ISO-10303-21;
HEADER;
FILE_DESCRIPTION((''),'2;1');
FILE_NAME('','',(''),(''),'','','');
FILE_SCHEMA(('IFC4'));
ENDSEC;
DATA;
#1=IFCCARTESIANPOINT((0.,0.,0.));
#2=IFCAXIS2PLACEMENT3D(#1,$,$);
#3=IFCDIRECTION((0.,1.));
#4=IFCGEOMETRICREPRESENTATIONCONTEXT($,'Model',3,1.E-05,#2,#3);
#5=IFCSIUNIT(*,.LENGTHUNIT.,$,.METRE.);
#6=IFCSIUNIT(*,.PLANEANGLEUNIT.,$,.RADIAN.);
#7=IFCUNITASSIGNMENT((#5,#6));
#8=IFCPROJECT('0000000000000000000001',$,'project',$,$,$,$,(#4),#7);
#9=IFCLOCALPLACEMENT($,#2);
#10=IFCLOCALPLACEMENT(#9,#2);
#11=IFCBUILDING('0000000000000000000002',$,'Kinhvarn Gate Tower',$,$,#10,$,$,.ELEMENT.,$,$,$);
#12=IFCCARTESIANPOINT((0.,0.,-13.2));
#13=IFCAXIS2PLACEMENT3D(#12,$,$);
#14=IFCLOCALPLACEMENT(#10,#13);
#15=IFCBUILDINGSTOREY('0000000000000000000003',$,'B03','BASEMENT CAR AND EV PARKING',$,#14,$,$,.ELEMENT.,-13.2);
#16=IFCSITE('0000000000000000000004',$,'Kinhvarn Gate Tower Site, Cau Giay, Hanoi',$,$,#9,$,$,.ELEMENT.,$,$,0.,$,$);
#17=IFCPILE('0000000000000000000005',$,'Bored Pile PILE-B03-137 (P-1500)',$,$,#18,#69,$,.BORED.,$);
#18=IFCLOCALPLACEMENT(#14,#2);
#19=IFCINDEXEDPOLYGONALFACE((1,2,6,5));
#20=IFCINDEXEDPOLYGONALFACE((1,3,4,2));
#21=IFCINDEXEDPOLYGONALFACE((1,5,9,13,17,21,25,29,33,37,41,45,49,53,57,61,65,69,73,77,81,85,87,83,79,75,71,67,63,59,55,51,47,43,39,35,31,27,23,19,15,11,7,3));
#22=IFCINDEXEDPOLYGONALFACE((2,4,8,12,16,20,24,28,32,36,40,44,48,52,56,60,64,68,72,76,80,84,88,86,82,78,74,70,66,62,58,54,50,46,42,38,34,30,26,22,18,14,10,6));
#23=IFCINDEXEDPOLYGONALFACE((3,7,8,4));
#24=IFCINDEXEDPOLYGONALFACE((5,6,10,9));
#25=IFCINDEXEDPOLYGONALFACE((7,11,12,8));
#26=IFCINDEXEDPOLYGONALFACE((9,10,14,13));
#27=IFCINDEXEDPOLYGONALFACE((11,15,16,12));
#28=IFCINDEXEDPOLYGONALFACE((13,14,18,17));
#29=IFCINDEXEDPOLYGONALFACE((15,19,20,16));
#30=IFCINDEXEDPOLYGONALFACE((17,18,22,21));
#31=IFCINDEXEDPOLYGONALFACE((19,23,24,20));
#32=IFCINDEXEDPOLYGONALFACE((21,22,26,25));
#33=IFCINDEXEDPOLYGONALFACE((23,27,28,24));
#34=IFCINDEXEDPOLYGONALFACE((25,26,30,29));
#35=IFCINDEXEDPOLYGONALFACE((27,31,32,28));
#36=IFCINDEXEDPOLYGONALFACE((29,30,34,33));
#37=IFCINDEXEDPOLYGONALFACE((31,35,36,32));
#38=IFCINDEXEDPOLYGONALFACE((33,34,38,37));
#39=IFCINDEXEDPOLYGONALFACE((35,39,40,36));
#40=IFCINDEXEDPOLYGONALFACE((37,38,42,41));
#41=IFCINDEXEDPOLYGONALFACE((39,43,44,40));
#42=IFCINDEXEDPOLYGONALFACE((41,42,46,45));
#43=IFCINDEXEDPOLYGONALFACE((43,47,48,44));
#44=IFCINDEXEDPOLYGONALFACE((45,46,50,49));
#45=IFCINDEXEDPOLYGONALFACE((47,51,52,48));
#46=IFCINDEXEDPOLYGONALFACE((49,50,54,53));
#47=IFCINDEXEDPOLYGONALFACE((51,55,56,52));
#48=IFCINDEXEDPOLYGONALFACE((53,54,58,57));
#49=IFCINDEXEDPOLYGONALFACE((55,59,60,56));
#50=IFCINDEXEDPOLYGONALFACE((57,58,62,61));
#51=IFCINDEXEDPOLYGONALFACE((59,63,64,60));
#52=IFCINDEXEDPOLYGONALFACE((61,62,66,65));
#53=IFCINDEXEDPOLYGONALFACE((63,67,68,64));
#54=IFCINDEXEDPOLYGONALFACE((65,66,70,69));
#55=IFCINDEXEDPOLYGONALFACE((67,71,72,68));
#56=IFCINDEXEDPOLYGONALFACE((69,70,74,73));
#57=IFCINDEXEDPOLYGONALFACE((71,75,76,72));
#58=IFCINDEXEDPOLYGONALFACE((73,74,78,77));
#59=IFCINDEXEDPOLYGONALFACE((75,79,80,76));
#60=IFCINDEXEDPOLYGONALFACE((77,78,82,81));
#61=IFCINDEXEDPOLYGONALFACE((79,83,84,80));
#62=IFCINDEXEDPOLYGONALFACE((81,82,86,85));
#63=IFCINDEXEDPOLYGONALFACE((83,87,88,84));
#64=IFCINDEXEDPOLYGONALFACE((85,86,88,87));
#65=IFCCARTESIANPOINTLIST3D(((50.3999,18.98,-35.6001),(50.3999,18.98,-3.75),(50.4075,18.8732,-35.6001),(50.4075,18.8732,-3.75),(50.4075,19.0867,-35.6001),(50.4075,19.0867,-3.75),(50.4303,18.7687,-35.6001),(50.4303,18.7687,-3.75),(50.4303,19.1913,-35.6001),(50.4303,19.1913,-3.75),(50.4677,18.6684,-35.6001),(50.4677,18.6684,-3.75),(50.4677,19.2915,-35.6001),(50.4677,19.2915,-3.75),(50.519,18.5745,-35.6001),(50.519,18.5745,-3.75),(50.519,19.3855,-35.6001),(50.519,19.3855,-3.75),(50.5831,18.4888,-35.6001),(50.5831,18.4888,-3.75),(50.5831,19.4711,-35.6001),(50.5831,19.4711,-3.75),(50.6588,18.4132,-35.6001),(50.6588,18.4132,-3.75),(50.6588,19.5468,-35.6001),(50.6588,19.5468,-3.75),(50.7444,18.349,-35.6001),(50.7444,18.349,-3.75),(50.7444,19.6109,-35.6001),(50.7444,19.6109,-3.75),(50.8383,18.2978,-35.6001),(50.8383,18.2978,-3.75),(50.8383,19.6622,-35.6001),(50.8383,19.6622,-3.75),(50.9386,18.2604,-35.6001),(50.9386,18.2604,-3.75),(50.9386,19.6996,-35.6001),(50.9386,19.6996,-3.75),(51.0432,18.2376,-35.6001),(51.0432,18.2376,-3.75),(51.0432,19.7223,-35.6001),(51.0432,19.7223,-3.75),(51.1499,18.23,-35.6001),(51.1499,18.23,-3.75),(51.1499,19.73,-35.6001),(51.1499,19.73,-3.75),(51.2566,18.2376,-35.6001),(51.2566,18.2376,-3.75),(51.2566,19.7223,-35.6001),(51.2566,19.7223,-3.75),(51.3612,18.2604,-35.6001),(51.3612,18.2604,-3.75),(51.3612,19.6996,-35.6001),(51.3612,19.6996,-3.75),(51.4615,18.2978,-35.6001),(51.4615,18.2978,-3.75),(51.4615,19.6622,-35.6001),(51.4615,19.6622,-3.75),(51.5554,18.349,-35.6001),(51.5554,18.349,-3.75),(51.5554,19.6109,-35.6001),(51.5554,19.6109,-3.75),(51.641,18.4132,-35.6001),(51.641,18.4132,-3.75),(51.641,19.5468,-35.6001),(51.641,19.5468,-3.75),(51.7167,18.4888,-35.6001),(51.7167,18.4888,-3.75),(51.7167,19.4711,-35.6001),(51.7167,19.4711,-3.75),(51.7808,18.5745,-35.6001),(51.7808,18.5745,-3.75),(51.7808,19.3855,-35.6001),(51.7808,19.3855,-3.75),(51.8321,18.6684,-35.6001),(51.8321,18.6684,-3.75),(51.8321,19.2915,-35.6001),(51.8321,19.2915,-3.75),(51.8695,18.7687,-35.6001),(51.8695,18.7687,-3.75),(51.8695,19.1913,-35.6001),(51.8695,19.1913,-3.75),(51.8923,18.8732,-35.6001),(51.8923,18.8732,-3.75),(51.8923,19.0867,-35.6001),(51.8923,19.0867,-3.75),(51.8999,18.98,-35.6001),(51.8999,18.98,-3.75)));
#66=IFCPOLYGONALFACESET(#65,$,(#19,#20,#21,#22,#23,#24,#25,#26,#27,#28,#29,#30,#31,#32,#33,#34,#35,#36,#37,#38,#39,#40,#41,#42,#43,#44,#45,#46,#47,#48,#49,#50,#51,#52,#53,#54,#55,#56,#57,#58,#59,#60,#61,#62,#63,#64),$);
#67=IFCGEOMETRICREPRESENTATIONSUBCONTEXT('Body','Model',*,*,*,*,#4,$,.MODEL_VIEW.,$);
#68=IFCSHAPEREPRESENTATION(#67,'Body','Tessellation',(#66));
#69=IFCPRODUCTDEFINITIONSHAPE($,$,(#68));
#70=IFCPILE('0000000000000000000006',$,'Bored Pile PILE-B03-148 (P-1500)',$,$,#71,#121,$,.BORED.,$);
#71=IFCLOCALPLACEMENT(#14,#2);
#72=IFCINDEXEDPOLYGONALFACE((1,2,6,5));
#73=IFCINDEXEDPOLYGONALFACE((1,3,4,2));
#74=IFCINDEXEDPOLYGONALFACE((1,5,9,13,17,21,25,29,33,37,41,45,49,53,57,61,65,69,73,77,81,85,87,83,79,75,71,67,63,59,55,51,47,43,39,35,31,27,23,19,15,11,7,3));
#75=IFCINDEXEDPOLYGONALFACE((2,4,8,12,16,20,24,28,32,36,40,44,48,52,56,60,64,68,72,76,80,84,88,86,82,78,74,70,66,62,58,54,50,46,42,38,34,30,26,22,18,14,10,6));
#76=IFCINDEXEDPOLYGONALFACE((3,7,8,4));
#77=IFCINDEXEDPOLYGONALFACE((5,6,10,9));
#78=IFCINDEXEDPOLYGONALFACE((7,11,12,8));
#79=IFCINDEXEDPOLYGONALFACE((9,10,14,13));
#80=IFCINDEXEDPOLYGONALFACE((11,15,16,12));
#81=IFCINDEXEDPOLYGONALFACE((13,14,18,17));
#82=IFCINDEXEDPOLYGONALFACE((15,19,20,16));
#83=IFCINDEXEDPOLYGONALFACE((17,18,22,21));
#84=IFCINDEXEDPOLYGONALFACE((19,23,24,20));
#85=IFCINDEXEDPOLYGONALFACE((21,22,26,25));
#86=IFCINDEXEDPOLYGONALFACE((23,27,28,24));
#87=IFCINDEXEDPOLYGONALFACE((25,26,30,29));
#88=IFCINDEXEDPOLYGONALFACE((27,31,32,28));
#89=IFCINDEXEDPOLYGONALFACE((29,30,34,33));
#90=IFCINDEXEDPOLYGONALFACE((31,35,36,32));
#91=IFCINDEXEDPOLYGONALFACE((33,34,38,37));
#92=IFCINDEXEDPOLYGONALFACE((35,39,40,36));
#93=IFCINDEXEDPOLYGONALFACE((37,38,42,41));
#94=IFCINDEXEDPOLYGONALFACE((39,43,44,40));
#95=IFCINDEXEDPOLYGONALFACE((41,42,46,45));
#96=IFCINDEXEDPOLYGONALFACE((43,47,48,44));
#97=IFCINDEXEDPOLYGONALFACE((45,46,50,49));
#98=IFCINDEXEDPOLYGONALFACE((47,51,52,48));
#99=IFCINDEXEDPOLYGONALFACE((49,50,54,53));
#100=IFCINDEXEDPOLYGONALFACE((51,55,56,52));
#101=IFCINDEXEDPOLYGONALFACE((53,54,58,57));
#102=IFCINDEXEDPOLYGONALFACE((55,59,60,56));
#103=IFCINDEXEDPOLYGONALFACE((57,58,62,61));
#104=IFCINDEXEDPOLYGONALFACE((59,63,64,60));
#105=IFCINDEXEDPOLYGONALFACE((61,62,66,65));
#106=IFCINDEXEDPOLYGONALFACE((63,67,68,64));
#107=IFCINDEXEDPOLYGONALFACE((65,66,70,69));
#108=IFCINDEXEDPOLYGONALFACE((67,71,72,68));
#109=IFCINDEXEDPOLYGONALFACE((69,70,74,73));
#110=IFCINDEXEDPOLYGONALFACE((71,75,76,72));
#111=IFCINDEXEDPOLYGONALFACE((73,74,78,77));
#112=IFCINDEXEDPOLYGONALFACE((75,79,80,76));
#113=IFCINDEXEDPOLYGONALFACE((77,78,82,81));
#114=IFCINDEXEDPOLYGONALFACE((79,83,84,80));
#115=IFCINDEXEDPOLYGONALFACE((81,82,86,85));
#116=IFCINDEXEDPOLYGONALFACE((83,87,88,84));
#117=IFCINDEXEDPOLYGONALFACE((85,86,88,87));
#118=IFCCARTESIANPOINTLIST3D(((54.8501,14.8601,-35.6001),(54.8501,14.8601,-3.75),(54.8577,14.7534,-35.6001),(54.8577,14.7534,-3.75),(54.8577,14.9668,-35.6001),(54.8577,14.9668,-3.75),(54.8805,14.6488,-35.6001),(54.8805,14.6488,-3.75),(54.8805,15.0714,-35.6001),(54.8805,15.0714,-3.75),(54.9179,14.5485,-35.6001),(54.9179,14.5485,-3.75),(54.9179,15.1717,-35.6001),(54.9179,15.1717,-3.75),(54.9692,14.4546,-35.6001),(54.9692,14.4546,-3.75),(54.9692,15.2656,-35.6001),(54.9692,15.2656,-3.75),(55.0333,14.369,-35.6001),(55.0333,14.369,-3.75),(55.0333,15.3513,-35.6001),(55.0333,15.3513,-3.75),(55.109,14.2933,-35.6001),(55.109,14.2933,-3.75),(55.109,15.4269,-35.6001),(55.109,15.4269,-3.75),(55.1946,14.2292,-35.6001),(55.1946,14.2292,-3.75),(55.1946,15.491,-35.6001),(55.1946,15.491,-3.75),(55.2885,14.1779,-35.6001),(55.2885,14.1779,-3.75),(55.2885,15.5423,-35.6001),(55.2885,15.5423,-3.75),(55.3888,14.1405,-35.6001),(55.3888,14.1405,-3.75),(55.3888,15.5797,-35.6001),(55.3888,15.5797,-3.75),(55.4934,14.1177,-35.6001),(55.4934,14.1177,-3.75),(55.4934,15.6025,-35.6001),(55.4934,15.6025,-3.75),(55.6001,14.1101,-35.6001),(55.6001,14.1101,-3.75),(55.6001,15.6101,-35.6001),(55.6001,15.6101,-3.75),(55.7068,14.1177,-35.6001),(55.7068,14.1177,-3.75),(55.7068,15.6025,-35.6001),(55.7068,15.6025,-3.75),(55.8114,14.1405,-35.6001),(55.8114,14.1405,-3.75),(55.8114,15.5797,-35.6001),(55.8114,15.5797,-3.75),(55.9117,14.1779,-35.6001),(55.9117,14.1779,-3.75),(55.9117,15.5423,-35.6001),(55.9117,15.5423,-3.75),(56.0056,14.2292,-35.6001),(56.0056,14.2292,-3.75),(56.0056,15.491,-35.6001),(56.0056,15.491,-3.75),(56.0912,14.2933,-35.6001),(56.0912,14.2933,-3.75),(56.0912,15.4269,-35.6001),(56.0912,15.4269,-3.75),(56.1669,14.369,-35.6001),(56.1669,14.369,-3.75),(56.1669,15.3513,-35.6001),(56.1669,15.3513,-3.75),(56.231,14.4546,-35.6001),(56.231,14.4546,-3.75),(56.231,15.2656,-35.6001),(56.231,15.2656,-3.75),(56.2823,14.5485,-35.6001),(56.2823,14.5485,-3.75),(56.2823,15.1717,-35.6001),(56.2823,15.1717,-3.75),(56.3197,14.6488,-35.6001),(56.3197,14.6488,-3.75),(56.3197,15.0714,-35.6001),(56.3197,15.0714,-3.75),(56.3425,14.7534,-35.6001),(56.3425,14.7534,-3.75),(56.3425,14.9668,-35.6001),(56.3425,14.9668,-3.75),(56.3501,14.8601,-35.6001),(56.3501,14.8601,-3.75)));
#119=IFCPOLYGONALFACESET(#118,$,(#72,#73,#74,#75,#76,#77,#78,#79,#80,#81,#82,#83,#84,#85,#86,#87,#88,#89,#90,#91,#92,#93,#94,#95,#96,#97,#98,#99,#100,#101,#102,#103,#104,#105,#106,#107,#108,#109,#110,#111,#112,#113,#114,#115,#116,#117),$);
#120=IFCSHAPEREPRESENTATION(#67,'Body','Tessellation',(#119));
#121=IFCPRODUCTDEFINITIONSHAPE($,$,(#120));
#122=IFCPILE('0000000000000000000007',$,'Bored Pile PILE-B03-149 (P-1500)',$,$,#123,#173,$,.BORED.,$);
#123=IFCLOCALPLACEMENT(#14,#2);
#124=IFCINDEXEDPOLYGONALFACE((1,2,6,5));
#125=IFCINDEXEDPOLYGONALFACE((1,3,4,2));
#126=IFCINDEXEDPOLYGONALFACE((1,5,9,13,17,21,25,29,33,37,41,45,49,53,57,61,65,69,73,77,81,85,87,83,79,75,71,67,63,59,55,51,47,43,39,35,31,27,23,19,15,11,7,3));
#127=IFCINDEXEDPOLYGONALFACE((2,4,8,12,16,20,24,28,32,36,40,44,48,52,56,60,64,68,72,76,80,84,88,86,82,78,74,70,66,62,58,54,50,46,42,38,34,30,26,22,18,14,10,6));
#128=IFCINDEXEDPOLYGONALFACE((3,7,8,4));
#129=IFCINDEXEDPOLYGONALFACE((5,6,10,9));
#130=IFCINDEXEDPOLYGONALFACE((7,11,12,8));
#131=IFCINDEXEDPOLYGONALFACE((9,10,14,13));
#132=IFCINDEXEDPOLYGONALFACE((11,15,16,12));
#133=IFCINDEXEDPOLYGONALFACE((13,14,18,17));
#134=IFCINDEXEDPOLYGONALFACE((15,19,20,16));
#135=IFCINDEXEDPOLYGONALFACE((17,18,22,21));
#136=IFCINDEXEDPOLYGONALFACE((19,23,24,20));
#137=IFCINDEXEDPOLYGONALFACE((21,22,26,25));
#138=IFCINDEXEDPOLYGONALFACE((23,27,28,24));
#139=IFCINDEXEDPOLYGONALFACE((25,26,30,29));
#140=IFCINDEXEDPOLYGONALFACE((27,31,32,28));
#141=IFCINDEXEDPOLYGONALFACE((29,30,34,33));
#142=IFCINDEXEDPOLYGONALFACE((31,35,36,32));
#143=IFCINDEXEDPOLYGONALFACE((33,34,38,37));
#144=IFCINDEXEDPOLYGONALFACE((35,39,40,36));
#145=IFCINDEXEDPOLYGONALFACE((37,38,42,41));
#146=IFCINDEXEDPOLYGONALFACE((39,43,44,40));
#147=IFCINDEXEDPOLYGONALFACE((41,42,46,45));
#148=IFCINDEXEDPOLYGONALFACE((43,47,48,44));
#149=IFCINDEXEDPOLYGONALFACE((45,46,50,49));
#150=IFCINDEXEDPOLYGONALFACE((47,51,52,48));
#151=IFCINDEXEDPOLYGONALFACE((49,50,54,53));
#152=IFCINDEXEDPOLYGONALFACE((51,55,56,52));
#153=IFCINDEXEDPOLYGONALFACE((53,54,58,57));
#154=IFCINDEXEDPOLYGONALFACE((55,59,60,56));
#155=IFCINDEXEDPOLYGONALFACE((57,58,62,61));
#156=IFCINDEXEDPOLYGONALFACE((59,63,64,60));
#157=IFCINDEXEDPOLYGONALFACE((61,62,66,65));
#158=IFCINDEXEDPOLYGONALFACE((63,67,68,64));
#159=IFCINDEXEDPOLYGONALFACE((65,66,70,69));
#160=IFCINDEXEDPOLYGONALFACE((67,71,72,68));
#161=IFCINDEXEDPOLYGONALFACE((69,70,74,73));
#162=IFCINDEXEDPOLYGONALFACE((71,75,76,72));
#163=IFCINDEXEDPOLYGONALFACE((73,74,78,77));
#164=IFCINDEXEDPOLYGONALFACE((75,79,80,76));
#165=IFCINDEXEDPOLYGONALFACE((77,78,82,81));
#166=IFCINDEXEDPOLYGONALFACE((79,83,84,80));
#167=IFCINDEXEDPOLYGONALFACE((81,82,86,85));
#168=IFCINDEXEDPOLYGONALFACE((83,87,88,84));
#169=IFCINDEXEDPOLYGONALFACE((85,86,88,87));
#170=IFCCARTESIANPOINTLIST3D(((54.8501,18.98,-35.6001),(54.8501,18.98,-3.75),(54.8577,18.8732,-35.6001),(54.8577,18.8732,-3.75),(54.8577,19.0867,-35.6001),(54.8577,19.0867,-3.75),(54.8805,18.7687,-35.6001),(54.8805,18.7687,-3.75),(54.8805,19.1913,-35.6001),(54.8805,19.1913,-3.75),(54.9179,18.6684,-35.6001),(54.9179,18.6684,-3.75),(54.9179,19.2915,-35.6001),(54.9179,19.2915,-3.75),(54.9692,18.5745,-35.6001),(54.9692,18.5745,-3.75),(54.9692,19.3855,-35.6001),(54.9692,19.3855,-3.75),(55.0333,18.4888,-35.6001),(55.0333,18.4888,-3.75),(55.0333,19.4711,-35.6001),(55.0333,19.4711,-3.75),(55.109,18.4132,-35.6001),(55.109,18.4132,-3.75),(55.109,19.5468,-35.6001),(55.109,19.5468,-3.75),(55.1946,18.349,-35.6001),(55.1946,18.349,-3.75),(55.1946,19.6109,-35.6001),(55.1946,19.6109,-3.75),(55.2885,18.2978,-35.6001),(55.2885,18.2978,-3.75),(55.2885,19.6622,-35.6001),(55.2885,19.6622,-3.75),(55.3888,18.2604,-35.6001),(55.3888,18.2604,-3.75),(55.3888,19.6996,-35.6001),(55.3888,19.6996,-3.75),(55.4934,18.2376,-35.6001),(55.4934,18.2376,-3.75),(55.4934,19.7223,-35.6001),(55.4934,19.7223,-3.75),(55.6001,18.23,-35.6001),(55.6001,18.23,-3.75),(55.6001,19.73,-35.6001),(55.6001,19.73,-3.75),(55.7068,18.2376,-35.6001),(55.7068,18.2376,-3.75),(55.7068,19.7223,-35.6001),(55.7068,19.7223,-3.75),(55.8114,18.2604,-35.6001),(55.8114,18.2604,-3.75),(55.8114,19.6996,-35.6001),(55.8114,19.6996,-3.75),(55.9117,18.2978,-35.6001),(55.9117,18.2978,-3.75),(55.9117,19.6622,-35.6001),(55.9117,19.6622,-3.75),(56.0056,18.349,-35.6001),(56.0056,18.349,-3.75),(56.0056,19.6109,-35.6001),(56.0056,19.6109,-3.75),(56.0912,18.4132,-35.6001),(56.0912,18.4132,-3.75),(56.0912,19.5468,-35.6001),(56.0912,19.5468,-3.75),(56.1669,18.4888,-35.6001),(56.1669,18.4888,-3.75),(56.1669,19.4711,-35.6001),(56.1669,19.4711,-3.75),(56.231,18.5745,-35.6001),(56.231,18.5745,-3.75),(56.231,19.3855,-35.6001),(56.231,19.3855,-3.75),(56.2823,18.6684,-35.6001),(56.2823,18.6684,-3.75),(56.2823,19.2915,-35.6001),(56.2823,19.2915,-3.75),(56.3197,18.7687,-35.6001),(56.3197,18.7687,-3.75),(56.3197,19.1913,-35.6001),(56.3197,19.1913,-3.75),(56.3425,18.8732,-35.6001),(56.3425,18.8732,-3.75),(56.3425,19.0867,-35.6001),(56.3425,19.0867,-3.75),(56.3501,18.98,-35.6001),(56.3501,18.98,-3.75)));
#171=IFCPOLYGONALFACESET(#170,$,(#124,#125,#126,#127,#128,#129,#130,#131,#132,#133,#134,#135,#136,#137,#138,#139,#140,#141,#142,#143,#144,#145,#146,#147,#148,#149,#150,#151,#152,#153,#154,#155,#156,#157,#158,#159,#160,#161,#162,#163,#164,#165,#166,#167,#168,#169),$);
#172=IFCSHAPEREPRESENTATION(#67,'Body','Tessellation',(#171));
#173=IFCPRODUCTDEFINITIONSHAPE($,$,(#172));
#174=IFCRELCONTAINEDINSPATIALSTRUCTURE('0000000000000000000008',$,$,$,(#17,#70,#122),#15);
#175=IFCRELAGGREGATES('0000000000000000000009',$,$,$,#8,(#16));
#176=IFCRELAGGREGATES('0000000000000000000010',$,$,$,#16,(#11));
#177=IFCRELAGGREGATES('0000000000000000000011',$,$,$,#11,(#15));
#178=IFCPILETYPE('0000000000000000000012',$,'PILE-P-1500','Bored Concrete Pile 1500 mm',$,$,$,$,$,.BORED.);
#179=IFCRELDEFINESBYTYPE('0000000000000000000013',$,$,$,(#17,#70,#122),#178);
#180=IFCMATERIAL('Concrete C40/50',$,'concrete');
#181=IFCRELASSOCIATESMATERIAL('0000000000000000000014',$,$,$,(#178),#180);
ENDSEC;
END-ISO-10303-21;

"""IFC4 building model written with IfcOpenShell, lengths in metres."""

from ifc_helpers import new_model, si_unit, direction, frame, origin, origin_2d, place, context, subcontext, project, spatial, circle, extrude, material, material_profile, profile_set, type_object, element, save


model = new_model("IFC4")

# Units and contexts
model_context = context("Model", 3, precision=1e-05, world=origin(), true_north=direction((0.0, 1.0)))
body_context = subcontext(model_context, "Body", "Model", "MODEL_VIEW")
ifc_project = project(units=[si_unit("LENGTHUNIT", "METRE"), si_unit("PLANEANGLEUNIT", "RADIAN")], contexts=[model_context])

# Site, building, storey
site_placement = place(None, origin())
site = spatial("IfcSite", under=ifc_project, at=site_placement, Name="Kinhvarn Gate Tower Site, Cau Giay, Hanoi", CompositionType="ELEMENT", RefElevation=0.0)
building_placement = place(site_placement, origin())
building = spatial("IfcBuilding", under=site, at=building_placement, Name="Kinhvarn Gate Tower", CompositionType="ELEMENT")
storey_placement = place(building_placement, frame((0.0, 0.0, -13.2)))
storey = spatial("IfcBuildingStorey", under=building, at=storey_placement, Name="B03", Description="BASEMENT CAR AND EV PARKING", CompositionType="ELEMENT", Elevation=-13.2)

# Piles
ifc_material_1 = material(Name="Concrete C40/50", Category="concrete")
ifc_material_profile_1 = material_profile(ifc_material_1, circle(Radius=0.75, at=origin_2d()), Name="PILE D1500")
ifc_profile_set_1 = profile_set([ifc_material_profile_1], Name="Concrete C40/50")
pile_type_1 = type_object("IfcPileType", Name="PILE-P-1500", Description="Bored Concrete Pile 1500 mm", PredefinedType="BORED", material=ifc_profile_set_1)
for number, where, z_axis, x_axis, name in (
    (1, (51.1499, 18.98, -35.6001), (0.0, 0.0, 1.0), (1.0, 0.0, 0.0), "Bored Pile PILE-B03-137 (P-1500)"),
    (2, (55.6001, 14.8601, -35.6001), (0.0, 0.0, 1.0), (1.0, 0.0, 0.0), "Bored Pile PILE-B03-148 (P-1500)"),
    (3, (55.6001, 18.98, -35.6001), (0.0, 0.0, 1.0), (1.0, 0.0, 0.0), "Bored Pile PILE-B03-149 (P-1500)"),
):
    element("IfcPile", number, at=place(storey_placement, frame(where, z_axis=z_axis, x_axis=x_axis)), inside=storey, type_object=pile_type_1, Name=name, PredefinedType="BORED", context=body_context, shape_type="SweptSolid", body=[
        extrude(circle(Radius=0.75, at=origin_2d()), origin(), (0.0, 0.0, 1.0), 31.8501),
    ])

save(model, "model.ifc")
